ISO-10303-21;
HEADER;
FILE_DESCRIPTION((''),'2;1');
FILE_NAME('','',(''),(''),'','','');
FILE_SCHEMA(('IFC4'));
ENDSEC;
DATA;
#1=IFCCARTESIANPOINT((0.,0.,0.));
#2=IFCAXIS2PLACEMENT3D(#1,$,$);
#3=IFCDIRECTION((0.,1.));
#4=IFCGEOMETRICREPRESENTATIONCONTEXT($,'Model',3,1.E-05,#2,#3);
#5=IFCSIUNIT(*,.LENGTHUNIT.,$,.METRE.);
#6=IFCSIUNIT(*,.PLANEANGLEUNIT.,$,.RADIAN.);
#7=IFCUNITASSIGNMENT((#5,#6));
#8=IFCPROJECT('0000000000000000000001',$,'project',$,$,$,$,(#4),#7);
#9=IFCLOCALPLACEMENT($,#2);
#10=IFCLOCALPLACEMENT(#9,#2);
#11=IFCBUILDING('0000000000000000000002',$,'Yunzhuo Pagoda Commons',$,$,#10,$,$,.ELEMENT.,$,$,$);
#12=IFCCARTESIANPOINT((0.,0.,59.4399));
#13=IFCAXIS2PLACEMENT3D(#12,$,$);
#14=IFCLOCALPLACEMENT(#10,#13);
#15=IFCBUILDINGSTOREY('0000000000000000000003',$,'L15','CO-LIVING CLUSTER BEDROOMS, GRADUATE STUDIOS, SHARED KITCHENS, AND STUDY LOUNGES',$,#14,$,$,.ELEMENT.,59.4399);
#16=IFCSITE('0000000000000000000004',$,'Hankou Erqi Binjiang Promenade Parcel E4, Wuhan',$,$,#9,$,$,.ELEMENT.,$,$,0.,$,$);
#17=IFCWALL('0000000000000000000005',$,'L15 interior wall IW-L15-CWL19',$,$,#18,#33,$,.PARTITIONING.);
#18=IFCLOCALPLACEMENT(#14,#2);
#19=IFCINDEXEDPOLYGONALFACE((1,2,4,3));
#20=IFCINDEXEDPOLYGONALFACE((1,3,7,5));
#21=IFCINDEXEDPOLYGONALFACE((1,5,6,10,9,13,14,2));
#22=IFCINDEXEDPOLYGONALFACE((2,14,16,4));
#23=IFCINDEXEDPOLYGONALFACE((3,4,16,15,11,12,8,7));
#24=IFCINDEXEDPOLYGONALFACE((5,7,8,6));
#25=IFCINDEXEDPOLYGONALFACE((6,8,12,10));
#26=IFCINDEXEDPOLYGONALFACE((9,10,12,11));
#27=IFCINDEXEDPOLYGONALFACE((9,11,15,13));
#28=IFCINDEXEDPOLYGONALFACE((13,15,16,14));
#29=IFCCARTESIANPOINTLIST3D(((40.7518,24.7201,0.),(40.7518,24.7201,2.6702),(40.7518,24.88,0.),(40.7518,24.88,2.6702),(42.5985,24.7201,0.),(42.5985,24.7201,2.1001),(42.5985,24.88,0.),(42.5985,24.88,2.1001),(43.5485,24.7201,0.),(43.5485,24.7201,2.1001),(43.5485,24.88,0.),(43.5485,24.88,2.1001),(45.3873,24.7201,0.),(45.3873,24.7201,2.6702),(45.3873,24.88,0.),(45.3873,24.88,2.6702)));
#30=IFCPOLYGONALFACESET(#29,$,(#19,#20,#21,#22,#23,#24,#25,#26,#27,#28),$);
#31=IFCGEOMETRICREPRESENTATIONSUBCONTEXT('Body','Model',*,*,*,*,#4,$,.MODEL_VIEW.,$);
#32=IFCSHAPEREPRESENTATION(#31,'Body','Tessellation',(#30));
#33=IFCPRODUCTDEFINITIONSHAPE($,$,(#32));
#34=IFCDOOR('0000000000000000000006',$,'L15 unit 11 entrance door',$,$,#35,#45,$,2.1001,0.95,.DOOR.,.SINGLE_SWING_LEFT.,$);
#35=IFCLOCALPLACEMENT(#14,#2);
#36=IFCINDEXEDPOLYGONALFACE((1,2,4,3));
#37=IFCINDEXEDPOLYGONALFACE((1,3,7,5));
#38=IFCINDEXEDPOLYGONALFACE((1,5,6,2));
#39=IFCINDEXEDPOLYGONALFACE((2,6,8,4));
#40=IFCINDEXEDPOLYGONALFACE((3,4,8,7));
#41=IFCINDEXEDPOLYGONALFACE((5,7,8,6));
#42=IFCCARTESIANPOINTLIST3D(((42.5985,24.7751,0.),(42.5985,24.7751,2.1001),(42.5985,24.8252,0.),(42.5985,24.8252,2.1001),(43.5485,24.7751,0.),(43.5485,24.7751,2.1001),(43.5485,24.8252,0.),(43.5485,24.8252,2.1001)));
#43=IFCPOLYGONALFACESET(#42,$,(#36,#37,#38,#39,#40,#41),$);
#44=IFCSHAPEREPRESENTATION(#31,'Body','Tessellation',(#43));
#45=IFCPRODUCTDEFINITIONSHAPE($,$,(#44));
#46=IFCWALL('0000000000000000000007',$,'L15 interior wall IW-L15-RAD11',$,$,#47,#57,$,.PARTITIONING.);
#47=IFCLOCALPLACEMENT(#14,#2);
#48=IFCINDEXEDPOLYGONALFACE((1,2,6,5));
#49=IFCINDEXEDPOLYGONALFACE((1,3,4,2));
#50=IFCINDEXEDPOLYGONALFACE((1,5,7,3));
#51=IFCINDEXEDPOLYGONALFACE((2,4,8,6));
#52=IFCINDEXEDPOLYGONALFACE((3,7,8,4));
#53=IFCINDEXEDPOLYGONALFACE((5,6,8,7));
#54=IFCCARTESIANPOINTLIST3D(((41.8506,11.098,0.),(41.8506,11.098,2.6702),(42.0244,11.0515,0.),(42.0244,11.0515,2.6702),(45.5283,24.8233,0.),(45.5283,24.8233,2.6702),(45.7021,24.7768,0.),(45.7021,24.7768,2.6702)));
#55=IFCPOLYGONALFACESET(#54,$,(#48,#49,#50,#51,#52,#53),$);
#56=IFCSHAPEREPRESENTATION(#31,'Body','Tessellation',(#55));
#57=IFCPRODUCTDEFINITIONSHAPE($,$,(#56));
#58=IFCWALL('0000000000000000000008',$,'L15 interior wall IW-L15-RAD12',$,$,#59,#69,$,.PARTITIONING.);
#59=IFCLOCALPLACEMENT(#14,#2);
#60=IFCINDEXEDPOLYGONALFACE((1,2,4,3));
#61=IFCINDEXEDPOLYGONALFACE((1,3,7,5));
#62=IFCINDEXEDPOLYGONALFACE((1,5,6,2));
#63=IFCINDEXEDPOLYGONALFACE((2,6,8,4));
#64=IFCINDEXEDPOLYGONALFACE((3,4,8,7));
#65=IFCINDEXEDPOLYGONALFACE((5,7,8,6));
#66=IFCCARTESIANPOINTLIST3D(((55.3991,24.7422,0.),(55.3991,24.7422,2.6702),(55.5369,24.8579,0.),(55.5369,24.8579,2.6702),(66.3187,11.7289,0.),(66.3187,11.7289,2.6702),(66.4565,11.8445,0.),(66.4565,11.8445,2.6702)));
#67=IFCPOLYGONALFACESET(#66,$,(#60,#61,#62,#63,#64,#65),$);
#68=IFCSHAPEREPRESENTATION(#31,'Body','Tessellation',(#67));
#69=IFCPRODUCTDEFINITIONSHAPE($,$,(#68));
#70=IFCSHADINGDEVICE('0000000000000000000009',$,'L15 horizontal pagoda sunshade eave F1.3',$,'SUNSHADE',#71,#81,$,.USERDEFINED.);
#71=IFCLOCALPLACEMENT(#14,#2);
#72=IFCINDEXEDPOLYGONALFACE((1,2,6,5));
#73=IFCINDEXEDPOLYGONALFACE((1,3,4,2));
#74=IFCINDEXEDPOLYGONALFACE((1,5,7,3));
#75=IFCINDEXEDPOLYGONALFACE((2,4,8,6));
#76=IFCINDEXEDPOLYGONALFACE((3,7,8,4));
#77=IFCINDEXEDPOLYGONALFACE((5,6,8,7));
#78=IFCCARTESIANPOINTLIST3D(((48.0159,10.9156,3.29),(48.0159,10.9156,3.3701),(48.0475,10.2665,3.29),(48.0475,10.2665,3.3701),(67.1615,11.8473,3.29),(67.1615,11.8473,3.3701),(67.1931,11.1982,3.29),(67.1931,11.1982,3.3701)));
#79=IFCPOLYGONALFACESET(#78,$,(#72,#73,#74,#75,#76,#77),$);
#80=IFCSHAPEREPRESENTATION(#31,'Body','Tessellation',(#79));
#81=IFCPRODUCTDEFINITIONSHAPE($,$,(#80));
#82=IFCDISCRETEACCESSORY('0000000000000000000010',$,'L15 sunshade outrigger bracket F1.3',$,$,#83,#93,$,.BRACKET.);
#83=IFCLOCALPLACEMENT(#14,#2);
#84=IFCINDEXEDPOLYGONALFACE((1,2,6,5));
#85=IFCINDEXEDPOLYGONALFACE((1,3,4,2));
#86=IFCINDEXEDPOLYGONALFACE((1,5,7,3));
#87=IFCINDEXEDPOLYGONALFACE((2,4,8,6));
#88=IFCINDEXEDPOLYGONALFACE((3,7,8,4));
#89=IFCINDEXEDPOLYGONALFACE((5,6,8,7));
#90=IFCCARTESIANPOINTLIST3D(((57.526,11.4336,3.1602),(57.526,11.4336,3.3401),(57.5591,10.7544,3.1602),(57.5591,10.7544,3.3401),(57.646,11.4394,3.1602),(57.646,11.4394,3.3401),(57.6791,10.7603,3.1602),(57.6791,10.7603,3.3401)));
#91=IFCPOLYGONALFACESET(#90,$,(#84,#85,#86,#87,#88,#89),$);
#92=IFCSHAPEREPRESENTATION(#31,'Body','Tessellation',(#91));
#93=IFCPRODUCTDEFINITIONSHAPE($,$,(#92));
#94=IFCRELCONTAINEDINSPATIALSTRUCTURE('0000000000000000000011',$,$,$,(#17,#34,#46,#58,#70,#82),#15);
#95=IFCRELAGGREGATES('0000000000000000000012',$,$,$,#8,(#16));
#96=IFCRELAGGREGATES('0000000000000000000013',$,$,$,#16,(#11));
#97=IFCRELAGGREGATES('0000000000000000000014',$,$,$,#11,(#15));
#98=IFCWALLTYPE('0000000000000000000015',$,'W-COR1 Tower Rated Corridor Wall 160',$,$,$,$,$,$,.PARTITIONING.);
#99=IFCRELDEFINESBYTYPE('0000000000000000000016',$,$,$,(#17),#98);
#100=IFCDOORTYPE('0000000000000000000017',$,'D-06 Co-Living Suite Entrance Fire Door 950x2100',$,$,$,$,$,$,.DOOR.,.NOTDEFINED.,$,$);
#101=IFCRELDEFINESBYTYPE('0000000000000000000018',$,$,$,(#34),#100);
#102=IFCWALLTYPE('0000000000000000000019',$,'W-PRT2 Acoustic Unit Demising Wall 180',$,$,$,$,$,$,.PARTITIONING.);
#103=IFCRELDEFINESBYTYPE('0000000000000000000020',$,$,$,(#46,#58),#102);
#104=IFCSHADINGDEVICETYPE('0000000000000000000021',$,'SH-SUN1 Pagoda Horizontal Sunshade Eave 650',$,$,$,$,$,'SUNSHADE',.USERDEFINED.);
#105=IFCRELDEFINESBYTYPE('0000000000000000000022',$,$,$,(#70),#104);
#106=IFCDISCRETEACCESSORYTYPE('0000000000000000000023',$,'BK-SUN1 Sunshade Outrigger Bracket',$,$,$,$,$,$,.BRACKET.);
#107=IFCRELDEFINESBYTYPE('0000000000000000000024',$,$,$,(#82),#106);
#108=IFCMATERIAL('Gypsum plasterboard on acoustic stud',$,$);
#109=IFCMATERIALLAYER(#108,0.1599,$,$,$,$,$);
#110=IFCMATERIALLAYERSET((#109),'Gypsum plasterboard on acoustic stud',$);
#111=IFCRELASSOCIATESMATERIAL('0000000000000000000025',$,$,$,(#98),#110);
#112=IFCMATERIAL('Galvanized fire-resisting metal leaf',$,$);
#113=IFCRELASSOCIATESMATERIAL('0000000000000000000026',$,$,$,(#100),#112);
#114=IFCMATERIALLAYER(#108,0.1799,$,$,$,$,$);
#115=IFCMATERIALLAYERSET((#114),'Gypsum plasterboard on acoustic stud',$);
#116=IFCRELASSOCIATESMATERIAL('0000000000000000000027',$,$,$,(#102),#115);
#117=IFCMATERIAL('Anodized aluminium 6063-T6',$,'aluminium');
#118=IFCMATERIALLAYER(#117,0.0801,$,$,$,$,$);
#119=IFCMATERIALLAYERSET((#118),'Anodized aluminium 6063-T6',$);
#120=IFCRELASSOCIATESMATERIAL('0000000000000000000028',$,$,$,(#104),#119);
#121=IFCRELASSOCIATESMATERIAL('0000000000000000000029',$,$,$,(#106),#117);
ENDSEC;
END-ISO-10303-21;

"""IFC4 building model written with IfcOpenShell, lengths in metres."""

from ifc_helpers import new_model, si_unit, direction, frame, frame_2d, origin, origin_with_axes, origin_2d, place, context, subcontext, project, spatial, rectangle, extrude, source, transform, mapped, material, layer, layer_set, type_object, element, fill, save


model = new_model("IFC4")

# Units and contexts
model_context = context("Model", 3, precision=1e-05, world=origin(), true_north=direction((0.0, 1.0)))
body_context = subcontext(model_context, "Body", "Model", "MODEL_VIEW")
ifc_project = project(units=[si_unit("LENGTHUNIT", "METRE"), si_unit("PLANEANGLEUNIT", "RADIAN")], contexts=[model_context])

# Site, building, storey
site_placement = place(None, origin())
site = spatial("IfcSite", under=ifc_project, at=site_placement, Name="Hankou Erqi Binjiang Promenade Parcel E4, Wuhan", CompositionType="ELEMENT", RefElevation=0.0)
building_placement = place(site_placement, origin())
building = spatial("IfcBuilding", under=site, at=building_placement, Name="Yunzhuo Pagoda Commons", CompositionType="ELEMENT")
storey_placement = place(building_placement, frame((0.0, 0.0, 59.4399)))
storey = spatial("IfcBuildingStorey", under=building, at=storey_placement, Name="L15", Description="CO-LIVING CLUSTER BEDROOMS, GRADUATE STUDIOS, SHARED KITCHENS, AND STUDY LOUNGES", CompositionType="ELEMENT", Elevation=59.4399)

# Shared definitions
ifc_material_1 = material(Name="Anodized aluminium 6063-T6", Category="aluminium")

# Wall, opening, door
ifc_material_2 = material(Name="Gypsum plasterboard on acoustic stud")
ifc_layer_1 = layer(ifc_material_2, 0.1599)
ifc_layer_set_1 = layer_set([ifc_layer_1], Name="Gypsum plasterboard on acoustic stud")
wall_type_1 = type_object("IfcWallType", Name="W-COR1 Tower Rated Corridor Wall 160", PredefinedType="PARTITIONING", material=ifc_layer_set_1)
ifc_material_3 = material(Name="Galvanized fire-resisting metal leaf")
door_type = type_object("IfcDoorType", Name="D-06 Co-Living Suite Entrance Fire Door 950x2100", OperationType="NOTDEFINED", PredefinedType="DOOR", material=ifc_material_3)
shared_shape_1 = source(origin(), body_context, "Body", "SweptSolid", [
    extrude(rectangle(XDim=0.95, YDim=2.1001, at=frame_2d((0.4751, 1.05))), frame((0.0, 0.0249, 0.0), z_axis=(0.0, -1.0, 0.0), x_axis=(1.0, 0.0, 0.0)), (0.0, 0.0, 1.0), 0.05),
])
wall_1_placement = place(storey_placement, frame((45.3875, 24.8, 0.0), z_axis=(0.0, 0.0, 1.0), x_axis=(-1.0, 0.0, 0.0)))
wall_1 = element("IfcWall", 1, at=wall_1_placement, inside=storey, type_object=wall_type_1, Name="L15 interior wall IW-L15-CWL19", PredefinedType="PARTITIONING", context=body_context, shape_type="SweptSolid", body=[
    extrude(rectangle(XDim=4.6355, YDim=0.1599, at=frame_2d((2.3179, 0.0))), origin(), (0.0, 0.0, 1.0), 2.6702),
])
opening_1_placement = place(wall_1_placement, frame((1.8389, 0.0, 0.0)))
opening_1 = element("IfcOpeningElement", 2, at=opening_1_placement, cuts=wall_1, PredefinedType="OPENING", context=body_context, shape_type="SweptSolid", body=[
    extrude(rectangle(XDim=0.95, YDim=2.1001, at=frame_2d((0.4751, 1.05))), frame((0.0, 0.0898, 0.0), z_axis=(0.0, -1.0, 0.0), x_axis=(1.0, 0.0, 0.0)), (0.0, 0.0, 1.0), 0.1799),
])
door_1_placement = place(opening_1_placement, origin_with_axes())
door_1 = element("IfcDoor", 3, at=door_1_placement, inside=storey, type_object=door_type, Name="L15 unit 11 entrance door", OperationType="SINGLE_SWING_LEFT", OverallHeight=2.1001, OverallWidth=0.95, PredefinedType="DOOR", context=body_context, shape_type="MappedRepresentation", body=[
    mapped(shared_shape_1, transform((0.0, 0.0, 0.0), scale=1.0)),
])
fill(opening_1, door_1)

# Walls
ifc_layer_2 = layer(ifc_material_2, 0.1799)
ifc_layer_set_2 = layer_set([ifc_layer_2], Name="Gypsum plasterboard on acoustic stud")
wall_type_2 = type_object("IfcWallType", Name="W-PRT2 Acoustic Unit Demising Wall 180", PredefinedType="PARTITIONING", material=ifc_layer_set_2)
wall_2_placement = place(storey_placement, frame((45.6152, 24.8, 0.0), z_axis=(0.0, 0.0, 1.0), x_axis=(-0.258822, -0.965925, 0.0)))
element("IfcWall", 4, at=wall_2_placement, inside=storey, type_object=wall_type_2, Name="L15 interior wall IW-L15-RAD11", PredefinedType="PARTITIONING", context=body_context, shape_type="SweptSolid", body=[
    extrude(rectangle(XDim=14.2095, YDim=0.1799, at=frame_2d((7.1047, 0.0))), origin(), (0.0, 0.0, 1.0), 2.6702),
])
wall_3_placement = place(storey_placement, frame((55.468, 24.8, 0.0), z_axis=(0.0, 0.0, 1.0), x_axis=(0.642792, -0.766041, 0.0)))
element("IfcWall", 5, at=wall_3_placement, inside=storey, type_object=wall_type_2, Name="L15 interior wall IW-L15-RAD12", PredefinedType="PARTITIONING", context=body_context, shape_type="SweptSolid", body=[
    extrude(rectangle(XDim=16.9878, YDim=0.1799, at=frame_2d((8.4939, 0.0))), origin(), (0.0, 0.0, 1.0), 2.6702),
])

# Shading device
ifc_layer_3 = layer(ifc_material_1, 0.0801)
ifc_layer_set_3 = layer_set([ifc_layer_3], Name="Anodized aluminium 6063-T6")
shading_device_type = type_object("IfcShadingDeviceType", Name="SH-SUN1 Pagoda Horizontal Sunshade Eave 650", ElementType="SUNSHADE", PredefinedType="USERDEFINED", material=ifc_layer_set_3)
shared_shape_2 = source(origin(), body_context, "Body", "SweptSolid", [
    extrude(rectangle(XDim=19.1682, YDim=0.6499, at=origin_2d()), origin(), (0.0, 0.0, 1.0), 0.0801),
])
shading_device_placement = place(storey_placement, frame((57.6045, 11.0569, 3.29), z_axis=(0.0, 0.0, 1.0), x_axis=(0.998818, 0.048606, 0.0)))
element("IfcShadingDevice", 6, at=shading_device_placement, inside=storey, type_object=shading_device_type, Name="L15 horizontal pagoda sunshade eave F1.3", ObjectType="SUNSHADE", PredefinedType="USERDEFINED", context=body_context, shape_type="MappedRepresentation", body=[
    mapped(shared_shape_2, transform((0.0, 0.0, 0.0), scale=1.0)),
])

# Discrete accessory
discrete_accessory_type = type_object("IfcDiscreteAccessoryType", Name="BK-SUN1 Sunshade Outrigger Bracket", PredefinedType="BRACKET", material=ifc_material_1)
shared_shape_3 = source(origin(), body_context, "Body", "SweptSolid", [
    extrude(rectangle(XDim=0.1201, YDim=0.6799, at=origin_2d()), origin(), (0.0, 0.0, 1.0), 0.1799),
])
discrete_accessory_placement = place(storey_placement, frame((57.6025, 11.0969, 3.1602), z_axis=(0.0, 0.0, 1.0), x_axis=(0.998818, 0.048606, 0.0)))
element("IfcDiscreteAccessory", 7, at=discrete_accessory_placement, inside=storey, type_object=discrete_accessory_type, Name="L15 sunshade outrigger bracket F1.3", PredefinedType="BRACKET", context=body_context, shape_type="MappedRepresentation", body=[
    mapped(shared_shape_3, transform((0.0, 0.0, 0.0), scale=1.0)),
])

save(model, "model.ifc")
